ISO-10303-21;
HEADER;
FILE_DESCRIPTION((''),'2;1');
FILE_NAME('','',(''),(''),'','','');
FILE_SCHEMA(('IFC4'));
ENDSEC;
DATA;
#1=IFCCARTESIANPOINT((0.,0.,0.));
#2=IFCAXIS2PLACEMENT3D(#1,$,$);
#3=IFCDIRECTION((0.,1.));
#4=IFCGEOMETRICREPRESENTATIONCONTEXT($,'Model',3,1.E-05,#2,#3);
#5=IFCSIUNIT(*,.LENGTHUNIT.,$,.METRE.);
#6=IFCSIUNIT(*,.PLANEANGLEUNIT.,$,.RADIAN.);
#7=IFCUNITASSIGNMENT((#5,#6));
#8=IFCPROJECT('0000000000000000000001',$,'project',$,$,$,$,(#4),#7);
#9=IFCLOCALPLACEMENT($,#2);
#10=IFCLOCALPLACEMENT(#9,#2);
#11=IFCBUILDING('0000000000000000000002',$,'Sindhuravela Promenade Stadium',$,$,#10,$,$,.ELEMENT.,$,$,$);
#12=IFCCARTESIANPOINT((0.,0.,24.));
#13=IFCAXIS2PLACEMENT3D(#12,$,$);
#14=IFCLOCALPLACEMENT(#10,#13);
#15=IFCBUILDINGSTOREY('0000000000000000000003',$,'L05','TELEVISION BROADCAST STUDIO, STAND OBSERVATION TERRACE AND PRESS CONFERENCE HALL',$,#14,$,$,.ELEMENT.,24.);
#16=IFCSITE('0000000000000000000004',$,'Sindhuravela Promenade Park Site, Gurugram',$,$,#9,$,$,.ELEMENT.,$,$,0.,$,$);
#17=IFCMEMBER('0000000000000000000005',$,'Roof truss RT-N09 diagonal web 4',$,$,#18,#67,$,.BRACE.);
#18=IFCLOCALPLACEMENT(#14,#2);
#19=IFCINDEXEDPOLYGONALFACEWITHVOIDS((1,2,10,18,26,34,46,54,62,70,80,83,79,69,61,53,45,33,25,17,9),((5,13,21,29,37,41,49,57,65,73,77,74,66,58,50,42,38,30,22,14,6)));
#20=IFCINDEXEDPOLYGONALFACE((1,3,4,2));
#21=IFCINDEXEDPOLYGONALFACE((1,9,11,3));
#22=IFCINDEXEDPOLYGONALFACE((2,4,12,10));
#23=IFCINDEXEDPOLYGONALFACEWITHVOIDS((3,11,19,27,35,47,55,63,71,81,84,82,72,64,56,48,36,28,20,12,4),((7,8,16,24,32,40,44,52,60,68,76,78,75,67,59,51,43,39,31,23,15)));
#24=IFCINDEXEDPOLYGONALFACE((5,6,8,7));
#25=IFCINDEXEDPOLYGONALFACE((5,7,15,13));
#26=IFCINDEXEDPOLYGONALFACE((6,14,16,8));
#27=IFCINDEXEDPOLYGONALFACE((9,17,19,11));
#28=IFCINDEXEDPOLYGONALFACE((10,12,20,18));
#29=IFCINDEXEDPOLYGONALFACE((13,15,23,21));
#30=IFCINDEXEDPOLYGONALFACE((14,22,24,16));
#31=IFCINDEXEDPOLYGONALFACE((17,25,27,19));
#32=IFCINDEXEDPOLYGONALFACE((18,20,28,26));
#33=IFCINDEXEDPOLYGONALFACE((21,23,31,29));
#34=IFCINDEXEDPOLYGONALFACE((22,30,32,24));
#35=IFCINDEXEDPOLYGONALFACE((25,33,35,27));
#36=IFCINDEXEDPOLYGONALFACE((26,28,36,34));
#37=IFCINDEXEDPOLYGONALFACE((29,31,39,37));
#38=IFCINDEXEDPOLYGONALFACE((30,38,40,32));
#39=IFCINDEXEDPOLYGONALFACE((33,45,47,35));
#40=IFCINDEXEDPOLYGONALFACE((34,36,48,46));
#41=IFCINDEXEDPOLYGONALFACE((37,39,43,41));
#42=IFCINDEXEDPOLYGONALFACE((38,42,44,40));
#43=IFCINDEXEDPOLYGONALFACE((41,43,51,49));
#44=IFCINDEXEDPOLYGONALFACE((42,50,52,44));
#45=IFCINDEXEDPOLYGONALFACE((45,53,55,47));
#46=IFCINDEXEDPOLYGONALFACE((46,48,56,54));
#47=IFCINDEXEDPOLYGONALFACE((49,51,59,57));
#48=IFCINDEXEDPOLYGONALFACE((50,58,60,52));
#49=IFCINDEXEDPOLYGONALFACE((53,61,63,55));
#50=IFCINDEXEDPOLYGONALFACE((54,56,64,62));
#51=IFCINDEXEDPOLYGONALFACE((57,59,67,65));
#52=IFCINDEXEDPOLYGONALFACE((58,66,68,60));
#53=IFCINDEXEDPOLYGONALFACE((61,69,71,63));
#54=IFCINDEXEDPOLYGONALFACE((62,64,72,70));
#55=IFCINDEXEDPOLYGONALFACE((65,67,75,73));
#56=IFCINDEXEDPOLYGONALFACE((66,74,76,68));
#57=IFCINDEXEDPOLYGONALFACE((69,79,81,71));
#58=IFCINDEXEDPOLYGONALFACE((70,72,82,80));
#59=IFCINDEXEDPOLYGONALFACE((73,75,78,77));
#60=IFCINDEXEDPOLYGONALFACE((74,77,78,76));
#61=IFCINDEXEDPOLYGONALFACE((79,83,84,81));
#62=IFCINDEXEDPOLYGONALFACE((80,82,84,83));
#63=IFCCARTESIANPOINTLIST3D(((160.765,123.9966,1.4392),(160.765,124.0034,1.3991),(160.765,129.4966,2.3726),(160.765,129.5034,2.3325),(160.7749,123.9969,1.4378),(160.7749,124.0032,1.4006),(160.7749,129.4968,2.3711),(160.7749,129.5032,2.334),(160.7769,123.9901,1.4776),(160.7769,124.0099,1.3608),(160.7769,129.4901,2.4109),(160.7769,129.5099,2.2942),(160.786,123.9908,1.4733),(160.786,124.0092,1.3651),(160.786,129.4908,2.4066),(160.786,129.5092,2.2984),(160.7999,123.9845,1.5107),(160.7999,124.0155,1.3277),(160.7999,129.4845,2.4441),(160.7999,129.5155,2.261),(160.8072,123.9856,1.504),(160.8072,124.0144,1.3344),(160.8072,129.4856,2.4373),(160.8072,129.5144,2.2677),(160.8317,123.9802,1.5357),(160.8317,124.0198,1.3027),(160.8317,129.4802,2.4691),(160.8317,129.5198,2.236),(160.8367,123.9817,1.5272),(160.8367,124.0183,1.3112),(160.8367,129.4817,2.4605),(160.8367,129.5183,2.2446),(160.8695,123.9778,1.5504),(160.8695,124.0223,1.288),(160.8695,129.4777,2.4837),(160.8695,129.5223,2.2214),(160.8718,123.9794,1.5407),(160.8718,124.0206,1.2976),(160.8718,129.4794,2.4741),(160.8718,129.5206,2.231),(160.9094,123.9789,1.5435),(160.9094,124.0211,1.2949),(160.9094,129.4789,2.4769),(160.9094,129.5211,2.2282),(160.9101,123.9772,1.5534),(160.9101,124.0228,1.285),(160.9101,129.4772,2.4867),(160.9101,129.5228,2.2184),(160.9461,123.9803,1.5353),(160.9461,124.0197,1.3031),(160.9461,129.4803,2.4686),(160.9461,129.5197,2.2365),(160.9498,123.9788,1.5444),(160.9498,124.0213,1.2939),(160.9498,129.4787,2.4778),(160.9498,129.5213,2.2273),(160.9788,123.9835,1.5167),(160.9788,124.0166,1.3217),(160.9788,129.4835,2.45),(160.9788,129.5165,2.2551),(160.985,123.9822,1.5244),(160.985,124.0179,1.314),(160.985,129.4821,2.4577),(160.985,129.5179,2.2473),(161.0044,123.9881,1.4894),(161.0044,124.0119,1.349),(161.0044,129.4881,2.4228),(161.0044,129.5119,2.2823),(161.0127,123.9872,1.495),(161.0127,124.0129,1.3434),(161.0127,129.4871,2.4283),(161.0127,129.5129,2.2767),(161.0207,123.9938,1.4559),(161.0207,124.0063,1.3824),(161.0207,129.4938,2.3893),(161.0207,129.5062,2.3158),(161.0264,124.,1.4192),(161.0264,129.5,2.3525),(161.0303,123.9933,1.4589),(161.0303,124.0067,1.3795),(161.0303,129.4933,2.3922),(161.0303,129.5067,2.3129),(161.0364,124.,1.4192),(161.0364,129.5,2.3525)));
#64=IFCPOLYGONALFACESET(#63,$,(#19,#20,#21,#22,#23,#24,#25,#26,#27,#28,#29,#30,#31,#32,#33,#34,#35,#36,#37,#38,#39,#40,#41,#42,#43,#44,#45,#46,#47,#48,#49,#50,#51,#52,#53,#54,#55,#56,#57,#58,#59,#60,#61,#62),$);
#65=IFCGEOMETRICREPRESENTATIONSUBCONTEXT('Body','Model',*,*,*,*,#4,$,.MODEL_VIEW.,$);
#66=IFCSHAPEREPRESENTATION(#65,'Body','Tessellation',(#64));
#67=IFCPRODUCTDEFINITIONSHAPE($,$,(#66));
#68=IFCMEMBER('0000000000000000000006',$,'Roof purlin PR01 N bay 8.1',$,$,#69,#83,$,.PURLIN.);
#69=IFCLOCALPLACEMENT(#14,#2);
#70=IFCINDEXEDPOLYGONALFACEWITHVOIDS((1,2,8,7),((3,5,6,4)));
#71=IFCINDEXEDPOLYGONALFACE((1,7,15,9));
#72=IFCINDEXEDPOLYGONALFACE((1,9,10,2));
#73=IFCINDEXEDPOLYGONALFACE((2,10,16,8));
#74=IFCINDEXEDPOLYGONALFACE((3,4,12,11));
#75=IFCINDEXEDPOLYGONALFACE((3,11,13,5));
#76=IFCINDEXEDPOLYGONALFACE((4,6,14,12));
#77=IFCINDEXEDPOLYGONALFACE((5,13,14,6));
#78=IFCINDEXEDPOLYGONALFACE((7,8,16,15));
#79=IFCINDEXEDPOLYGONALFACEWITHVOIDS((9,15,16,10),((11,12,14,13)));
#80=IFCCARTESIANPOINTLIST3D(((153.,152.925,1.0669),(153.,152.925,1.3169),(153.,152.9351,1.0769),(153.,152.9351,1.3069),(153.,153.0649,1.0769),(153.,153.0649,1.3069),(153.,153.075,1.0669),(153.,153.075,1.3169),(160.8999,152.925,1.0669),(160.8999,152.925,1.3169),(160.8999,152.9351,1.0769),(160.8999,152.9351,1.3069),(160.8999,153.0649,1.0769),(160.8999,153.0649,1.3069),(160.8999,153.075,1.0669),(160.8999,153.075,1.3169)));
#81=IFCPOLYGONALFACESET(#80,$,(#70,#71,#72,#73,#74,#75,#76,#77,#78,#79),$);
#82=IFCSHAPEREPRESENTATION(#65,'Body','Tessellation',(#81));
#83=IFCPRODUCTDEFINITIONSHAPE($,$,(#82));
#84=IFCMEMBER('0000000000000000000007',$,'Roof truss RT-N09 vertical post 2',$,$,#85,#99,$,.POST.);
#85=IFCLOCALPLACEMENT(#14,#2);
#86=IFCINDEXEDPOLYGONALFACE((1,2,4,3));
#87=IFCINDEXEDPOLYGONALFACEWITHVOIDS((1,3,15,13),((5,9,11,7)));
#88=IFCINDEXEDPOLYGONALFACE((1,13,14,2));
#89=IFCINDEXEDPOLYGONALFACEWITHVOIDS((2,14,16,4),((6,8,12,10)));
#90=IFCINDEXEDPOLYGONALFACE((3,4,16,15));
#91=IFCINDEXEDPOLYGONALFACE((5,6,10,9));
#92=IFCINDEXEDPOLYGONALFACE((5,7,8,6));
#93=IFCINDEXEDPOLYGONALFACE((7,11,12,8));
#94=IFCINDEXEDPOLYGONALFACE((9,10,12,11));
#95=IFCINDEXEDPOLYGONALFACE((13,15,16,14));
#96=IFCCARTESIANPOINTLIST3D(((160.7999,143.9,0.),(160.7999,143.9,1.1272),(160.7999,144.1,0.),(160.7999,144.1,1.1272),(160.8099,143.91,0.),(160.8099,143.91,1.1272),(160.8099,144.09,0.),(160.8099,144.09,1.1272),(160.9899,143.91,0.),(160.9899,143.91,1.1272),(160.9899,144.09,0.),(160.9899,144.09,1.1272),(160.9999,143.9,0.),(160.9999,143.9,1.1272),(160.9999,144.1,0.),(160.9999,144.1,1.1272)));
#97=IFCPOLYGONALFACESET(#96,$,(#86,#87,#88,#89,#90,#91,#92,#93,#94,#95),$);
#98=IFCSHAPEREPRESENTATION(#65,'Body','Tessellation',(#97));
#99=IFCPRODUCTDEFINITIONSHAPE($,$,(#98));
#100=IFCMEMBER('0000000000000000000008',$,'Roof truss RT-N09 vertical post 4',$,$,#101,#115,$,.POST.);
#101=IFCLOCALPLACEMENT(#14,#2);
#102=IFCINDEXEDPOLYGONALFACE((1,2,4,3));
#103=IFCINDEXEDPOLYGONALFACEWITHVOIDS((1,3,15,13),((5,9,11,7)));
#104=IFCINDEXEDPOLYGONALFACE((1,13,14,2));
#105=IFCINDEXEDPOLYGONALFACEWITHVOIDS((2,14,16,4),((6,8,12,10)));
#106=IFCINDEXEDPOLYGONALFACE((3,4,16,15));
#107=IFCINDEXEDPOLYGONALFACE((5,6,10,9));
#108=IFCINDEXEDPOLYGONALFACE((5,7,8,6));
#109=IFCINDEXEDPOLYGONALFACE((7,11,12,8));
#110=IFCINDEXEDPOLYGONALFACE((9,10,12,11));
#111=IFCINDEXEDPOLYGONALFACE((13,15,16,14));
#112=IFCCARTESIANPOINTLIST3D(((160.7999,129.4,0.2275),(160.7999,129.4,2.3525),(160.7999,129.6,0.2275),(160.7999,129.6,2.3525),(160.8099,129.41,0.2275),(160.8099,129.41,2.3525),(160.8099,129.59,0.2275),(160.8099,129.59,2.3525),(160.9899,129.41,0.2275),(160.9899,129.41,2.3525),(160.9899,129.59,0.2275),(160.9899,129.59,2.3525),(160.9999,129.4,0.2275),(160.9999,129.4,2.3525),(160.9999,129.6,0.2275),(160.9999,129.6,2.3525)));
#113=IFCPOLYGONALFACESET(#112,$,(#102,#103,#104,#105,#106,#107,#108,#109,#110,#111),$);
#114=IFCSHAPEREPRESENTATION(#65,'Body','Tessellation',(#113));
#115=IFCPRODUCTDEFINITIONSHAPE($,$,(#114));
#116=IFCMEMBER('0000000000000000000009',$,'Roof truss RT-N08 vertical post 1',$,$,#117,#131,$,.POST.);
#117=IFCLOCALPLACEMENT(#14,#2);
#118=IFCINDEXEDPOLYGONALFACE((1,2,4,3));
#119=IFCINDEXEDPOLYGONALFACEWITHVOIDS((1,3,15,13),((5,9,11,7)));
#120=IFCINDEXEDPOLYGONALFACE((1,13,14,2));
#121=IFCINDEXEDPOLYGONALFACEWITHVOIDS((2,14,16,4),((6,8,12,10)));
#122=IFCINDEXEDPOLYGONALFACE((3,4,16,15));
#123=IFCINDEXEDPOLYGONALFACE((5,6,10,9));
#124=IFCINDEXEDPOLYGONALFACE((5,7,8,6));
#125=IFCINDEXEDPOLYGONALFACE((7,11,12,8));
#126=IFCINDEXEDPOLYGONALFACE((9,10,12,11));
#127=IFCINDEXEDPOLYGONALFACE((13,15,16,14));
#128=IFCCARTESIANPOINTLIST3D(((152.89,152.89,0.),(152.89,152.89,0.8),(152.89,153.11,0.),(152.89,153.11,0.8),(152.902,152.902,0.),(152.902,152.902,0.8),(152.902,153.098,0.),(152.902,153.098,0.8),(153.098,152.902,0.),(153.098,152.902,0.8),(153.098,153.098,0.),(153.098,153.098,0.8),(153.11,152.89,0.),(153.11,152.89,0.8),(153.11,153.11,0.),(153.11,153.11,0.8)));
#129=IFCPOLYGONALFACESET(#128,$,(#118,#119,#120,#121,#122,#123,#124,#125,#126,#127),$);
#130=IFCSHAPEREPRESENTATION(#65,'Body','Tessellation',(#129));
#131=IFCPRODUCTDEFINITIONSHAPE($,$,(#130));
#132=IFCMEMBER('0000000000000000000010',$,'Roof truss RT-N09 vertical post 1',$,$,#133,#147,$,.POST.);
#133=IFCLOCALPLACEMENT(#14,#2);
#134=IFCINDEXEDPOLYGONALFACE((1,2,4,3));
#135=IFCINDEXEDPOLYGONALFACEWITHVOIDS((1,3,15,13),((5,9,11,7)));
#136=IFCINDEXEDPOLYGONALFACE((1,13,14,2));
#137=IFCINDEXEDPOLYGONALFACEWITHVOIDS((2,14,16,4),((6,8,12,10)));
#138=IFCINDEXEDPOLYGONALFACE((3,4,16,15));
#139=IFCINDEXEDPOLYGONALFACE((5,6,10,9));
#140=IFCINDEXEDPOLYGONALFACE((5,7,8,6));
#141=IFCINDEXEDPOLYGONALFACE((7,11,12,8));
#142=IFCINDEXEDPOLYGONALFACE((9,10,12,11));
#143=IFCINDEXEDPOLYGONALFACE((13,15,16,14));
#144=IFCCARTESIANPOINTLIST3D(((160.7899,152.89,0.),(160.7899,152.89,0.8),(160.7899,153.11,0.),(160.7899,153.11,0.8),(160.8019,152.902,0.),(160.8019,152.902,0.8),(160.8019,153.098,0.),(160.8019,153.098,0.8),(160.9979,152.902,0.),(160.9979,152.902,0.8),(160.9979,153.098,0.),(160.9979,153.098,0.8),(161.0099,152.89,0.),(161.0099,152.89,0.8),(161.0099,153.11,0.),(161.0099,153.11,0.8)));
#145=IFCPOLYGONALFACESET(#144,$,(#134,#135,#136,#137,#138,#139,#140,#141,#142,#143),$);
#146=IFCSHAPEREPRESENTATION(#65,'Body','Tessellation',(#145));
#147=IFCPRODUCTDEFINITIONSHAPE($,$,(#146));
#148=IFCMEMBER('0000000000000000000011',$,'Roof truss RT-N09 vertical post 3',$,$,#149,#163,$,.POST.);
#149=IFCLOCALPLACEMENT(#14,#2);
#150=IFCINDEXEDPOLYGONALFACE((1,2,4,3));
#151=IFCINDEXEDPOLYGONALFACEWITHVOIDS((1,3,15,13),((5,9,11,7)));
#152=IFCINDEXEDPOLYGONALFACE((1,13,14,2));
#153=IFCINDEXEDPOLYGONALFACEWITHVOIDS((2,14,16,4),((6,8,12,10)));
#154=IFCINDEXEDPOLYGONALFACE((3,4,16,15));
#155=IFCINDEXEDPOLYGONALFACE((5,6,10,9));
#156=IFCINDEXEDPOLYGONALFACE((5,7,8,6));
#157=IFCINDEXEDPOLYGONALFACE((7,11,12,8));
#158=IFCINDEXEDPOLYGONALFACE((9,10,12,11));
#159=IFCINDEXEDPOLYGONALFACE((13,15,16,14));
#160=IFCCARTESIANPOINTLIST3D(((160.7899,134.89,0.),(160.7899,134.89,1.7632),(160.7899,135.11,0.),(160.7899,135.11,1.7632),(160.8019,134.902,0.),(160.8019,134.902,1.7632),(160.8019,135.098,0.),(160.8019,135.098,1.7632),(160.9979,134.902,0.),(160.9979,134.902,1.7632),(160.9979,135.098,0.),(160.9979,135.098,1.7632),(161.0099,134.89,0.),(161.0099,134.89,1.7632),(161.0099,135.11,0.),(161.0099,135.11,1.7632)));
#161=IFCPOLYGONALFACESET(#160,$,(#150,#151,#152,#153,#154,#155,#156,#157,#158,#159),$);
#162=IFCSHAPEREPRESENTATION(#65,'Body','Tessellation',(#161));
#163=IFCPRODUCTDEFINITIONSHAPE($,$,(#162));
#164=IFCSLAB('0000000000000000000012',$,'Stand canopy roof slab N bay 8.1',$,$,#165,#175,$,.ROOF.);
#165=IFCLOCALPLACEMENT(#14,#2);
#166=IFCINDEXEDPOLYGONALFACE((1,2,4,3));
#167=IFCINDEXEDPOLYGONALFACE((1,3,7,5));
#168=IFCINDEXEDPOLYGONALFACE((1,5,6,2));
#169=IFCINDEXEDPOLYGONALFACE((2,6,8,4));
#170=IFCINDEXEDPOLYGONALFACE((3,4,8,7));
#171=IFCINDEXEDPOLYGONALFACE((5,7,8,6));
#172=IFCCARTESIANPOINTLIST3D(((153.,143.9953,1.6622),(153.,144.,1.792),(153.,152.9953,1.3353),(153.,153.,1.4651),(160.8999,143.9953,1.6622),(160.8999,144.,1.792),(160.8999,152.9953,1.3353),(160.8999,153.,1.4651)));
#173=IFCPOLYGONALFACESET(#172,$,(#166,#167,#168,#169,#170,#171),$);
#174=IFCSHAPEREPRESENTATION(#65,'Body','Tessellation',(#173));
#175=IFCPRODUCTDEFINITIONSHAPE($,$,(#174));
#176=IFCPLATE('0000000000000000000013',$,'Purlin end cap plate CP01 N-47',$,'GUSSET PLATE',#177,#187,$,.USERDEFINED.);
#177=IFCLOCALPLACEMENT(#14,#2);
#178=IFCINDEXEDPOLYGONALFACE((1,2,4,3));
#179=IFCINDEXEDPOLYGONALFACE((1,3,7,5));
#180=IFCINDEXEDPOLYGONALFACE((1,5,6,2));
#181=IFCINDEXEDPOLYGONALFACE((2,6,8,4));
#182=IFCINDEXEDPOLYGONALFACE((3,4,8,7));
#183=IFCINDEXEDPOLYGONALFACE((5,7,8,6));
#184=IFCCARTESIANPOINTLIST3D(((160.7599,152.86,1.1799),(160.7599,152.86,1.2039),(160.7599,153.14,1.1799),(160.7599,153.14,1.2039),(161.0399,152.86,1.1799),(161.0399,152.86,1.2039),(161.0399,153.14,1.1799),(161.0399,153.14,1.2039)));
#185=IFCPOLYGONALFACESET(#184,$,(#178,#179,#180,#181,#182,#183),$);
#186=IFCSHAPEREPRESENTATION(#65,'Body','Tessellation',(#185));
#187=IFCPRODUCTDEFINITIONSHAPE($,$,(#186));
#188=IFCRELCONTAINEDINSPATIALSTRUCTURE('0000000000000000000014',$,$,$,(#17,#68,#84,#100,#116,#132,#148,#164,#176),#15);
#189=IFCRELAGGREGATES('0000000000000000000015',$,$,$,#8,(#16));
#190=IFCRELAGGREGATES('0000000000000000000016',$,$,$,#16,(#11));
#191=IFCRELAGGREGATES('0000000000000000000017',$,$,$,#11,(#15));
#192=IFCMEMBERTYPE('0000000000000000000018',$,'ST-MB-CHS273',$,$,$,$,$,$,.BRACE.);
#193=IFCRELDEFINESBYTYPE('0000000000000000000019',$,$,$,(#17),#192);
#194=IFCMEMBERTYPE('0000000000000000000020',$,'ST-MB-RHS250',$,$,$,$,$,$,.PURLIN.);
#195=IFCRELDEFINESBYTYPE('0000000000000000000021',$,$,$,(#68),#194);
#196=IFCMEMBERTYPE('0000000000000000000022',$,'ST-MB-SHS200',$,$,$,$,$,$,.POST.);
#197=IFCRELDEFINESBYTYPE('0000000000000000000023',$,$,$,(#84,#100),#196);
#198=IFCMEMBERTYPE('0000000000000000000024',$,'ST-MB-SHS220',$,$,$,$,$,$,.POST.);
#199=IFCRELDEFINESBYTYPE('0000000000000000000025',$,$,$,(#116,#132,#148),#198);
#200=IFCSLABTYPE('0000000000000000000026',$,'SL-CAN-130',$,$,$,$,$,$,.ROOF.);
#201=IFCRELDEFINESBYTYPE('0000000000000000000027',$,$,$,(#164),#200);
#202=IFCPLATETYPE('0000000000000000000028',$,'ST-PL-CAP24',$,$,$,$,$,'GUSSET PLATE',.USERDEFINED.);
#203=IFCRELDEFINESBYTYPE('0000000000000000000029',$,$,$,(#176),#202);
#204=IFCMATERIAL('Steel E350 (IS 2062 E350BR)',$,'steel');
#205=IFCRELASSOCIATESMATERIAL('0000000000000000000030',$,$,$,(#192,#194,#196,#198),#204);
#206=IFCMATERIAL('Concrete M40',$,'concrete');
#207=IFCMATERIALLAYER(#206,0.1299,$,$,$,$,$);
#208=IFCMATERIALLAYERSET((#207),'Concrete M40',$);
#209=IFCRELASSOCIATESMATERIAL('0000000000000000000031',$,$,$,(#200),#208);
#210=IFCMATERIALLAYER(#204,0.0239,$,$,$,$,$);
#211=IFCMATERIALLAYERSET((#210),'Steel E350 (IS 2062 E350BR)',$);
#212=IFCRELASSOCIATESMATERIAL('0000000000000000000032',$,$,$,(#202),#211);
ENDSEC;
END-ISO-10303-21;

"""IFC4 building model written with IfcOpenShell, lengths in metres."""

from ifc_helpers import new_model, si_unit, direction, frame, origin, origin_2d, place, context, subcontext, project, spatial, polyline, rectangle, hollow_rectangle, hollow_circle, outline, extrude, material, layer, layer_set, material_profile, profile_set, type_object, element, save


model = new_model("IFC4")

# Units and contexts
model_context = context("Model", 3, precision=1e-05, world=origin(), true_north=direction((0.0, 1.0)))
body_context = subcontext(model_context, "Body", "Model", "MODEL_VIEW")
ifc_project = project(units=[si_unit("LENGTHUNIT", "METRE"), si_unit("PLANEANGLEUNIT", "RADIAN")], contexts=[model_context])

# Site, building, storey
site_placement = place(None, origin())
site = spatial("IfcSite", under=ifc_project, at=site_placement, Name="Sindhuravela Promenade Park Site, Gurugram", CompositionType="ELEMENT", RefElevation=0.0)
building_placement = place(site_placement, origin())
building = spatial("IfcBuilding", under=site, at=building_placement, Name="Sindhuravela Promenade Stadium", CompositionType="ELEMENT")
storey_placement = place(building_placement, frame((0.0, 0.0, 24.0)))
storey = spatial("IfcBuildingStorey", under=building, at=storey_placement, Name="L05", Description="TELEVISION BROADCAST STUDIO, STAND OBSERVATION TERRACE AND PRESS CONFERENCE HALL", CompositionType="ELEMENT", Elevation=24.0)

# Shared definitions
ifc_material_1 = material(Name="Steel E350 (IS 2062 E350BR)", Category="steel")

# Members
ifc_material_profile_1 = material_profile(ifc_material_1, hollow_circle(Radius=0.1365, WallThickness=0.01, at=origin_2d()), Name="CHS 273.0x10")
ifc_profile_set_1 = profile_set([ifc_material_profile_1], Name="Steel E350 (IS 2062 E350BR)")
member_type_1 = type_object("IfcMemberType", Name="ST-MB-CHS273", PredefinedType="BRACE", material=ifc_profile_set_1)
member_1_placement = place(storey_placement, frame((160.8999, 129.5, 2.3525), z_axis=(0.0, -0.985905, -0.167308), x_axis=(1.0, 0.0, 0.0)))
element("IfcMember", 1, at=member_1_placement, inside=storey, type_object=member_type_1, Name="Roof truss RT-N09 diagonal web 4", PredefinedType="BRACE", context=body_context, shape_type="SweptSolid", body=[
    extrude(hollow_circle(Radius=0.1365, WallThickness=0.01, at=origin_2d()), origin(), (0.0, 0.0, 1.0), 5.5786),
])
ifc_material_profile_2 = material_profile(ifc_material_1, hollow_rectangle(XDim=0.1499, YDim=0.25, WallThickness=0.01, at=origin_2d()), Name="RHS 250x150x10")
ifc_profile_set_2 = profile_set([ifc_material_profile_2], Name="Steel E350 (IS 2062 E350BR)")
member_type_2 = type_object("IfcMemberType", Name="ST-MB-RHS250", PredefinedType="PURLIN", material=ifc_profile_set_2)
member_2_placement = place(storey_placement, frame((153.0, 153.0, 1.1919), z_axis=(1.0, 0.0, 0.0), x_axis=(0.0, 1.0, 0.0)))
element("IfcMember", 2, at=member_2_placement, inside=storey, type_object=member_type_2, Name="Roof purlin PR01 N bay 8.1", PredefinedType="PURLIN", context=body_context, shape_type="SweptSolid", body=[
    extrude(hollow_rectangle(XDim=0.1499, YDim=0.25, WallThickness=0.01, at=origin_2d()), origin(), (0.0, 0.0, 1.0), 7.8999),
])
ifc_material_profile_3 = material_profile(ifc_material_1, hollow_rectangle(XDim=0.2, YDim=0.2, WallThickness=0.01, at=origin_2d()), Name="SHS 200x200x10")
ifc_profile_set_3 = profile_set([ifc_material_profile_3], Name="Steel E350 (IS 2062 E350BR)")
member_type_3 = type_object("IfcMemberType", Name="ST-MB-SHS200", PredefinedType="POST", material=ifc_profile_set_3)
member_3_placement = place(storey_placement, frame((160.8999, 144.0, 0.0), z_axis=(0.0, 0.0, 1.0), x_axis=(1.0, 0.0, 0.0)))
element("IfcMember", 3, at=member_3_placement, inside=storey, type_object=member_type_3, Name="Roof truss RT-N09 vertical post 2", PredefinedType="POST", context=body_context, shape_type="SweptSolid", body=[
    extrude(hollow_rectangle(XDim=0.2, YDim=0.2, WallThickness=0.01, at=origin_2d()), origin(), (0.0, 0.0, 1.0), 1.1272),
])
member_4_placement = place(storey_placement, frame((160.8999, 129.5, 0.2275), z_axis=(0.0, 0.0, 1.0), x_axis=(1.0, 0.0, 0.0)))
element("IfcMember", 4, at=member_4_placement, inside=storey, type_object=member_type_3, Name="Roof truss RT-N09 vertical post 4", PredefinedType="POST", context=body_context, shape_type="SweptSolid", body=[
    extrude(hollow_rectangle(XDim=0.2, YDim=0.2, WallThickness=0.01, at=origin_2d()), origin(), (0.0, 0.0, 1.0), 2.125),
])
ifc_material_profile_4 = material_profile(ifc_material_1, hollow_rectangle(XDim=0.22, YDim=0.22, WallThickness=0.012, at=origin_2d()), Name="SHS 220x220x12")
ifc_profile_set_4 = profile_set([ifc_material_profile_4], Name="Steel E350 (IS 2062 E350BR)")
member_type_4 = type_object("IfcMemberType", Name="ST-MB-SHS220", PredefinedType="POST", material=ifc_profile_set_4)
for number, where, z_axis, x_axis, name in (
    (5, (153.0, 153.0, 0.0), (0.0, 0.0, 1.0), (1.0, 0.0, 0.0), "Roof truss RT-N08 vertical post 1"),
    (6, (160.8999, 153.0, 0.0), (0.0, 0.0, 1.0), (1.0, 0.0, 0.0), "Roof truss RT-N09 vertical post 1"),
):
    element("IfcMember", number, at=place(storey_placement, frame(where, z_axis=z_axis, x_axis=x_axis)), inside=storey, type_object=member_type_4, Name=name, PredefinedType="POST", context=body_context, shape_type="SweptSolid", body=[
        extrude(hollow_rectangle(XDim=0.22, YDim=0.22, WallThickness=0.012, at=origin_2d()), origin(), (0.0, 0.0, 1.0), 0.8),
    ])
member_5_placement = place(storey_placement, frame((160.8999, 135.0, 0.0), z_axis=(0.0, 0.0, 1.0), x_axis=(1.0, 0.0, 0.0)))
element("IfcMember", 7, at=member_5_placement, inside=storey, type_object=member_type_4, Name="Roof truss RT-N09 vertical post 3", PredefinedType="POST", context=body_context, shape_type="SweptSolid", body=[
    extrude(hollow_rectangle(XDim=0.22, YDim=0.22, WallThickness=0.012, at=origin_2d()), origin(), (0.0, 0.0, 1.0), 1.7632),
])

# Slab
ifc_material_2 = material(Name="Concrete M40", Category="concrete")
ifc_layer_1 = layer(ifc_material_2, 0.1299)
ifc_layer_set_1 = layer_set([ifc_layer_1], Name="Concrete M40")
slab_type = type_object("IfcSlabType", Name="SL-CAN-130", PredefinedType="ROOF", material=ifc_layer_set_1)
slab_placement = place(storey_placement, frame((153.0, 153.0, 1.4651), z_axis=(0.0, 0.036299, 0.999341), x_axis=(1.0, 0.0, 0.0)))
element("IfcSlab", 8, at=slab_placement, inside=storey, type_object=slab_type, Name="Stand canopy roof slab N bay 8.1", PredefinedType="ROOF", context=body_context, shape_type="SweptSolid", body=[
    extrude(outline(polyline([(0.0, 0.0), (0.0, -9.0059), (7.8999, -9.0059), (7.8999, 0.0), (0.0, 0.0)])), origin(), (0.0, 0.0, -1.0), 0.1299),
])

# Plate
ifc_layer_2 = layer(ifc_material_1, 0.0239)
ifc_layer_set_2 = layer_set([ifc_layer_2], Name="Steel E350 (IS 2062 E350BR)")
plate_type_1 = type_object("IfcPlateType", Name="ST-PL-CAP24", ElementType="GUSSET PLATE", PredefinedType="USERDEFINED", material=ifc_layer_set_2)
for number, where, z_axis, x_axis, name in (
    (9, (160.8999, 153.0, 1.1799), (0.0, 0.0, 1.0), (1.0, 0.0, 0.0), "Purlin end cap plate CP01 N-47"),
):
    element("IfcPlate", number, at=place(storey_placement, frame(where, z_axis=z_axis, x_axis=x_axis)), inside=storey, type_object=plate_type_1, Name=name, ObjectType="GUSSET PLATE", PredefinedType="USERDEFINED", context=body_context, shape_type="SweptSolid", body=[
        extrude(rectangle(XDim=0.28, YDim=0.28, at=origin_2d()), origin(), (0.0, 0.0, 1.0), 0.0239),
    ])

save(model, "model.ifc")
